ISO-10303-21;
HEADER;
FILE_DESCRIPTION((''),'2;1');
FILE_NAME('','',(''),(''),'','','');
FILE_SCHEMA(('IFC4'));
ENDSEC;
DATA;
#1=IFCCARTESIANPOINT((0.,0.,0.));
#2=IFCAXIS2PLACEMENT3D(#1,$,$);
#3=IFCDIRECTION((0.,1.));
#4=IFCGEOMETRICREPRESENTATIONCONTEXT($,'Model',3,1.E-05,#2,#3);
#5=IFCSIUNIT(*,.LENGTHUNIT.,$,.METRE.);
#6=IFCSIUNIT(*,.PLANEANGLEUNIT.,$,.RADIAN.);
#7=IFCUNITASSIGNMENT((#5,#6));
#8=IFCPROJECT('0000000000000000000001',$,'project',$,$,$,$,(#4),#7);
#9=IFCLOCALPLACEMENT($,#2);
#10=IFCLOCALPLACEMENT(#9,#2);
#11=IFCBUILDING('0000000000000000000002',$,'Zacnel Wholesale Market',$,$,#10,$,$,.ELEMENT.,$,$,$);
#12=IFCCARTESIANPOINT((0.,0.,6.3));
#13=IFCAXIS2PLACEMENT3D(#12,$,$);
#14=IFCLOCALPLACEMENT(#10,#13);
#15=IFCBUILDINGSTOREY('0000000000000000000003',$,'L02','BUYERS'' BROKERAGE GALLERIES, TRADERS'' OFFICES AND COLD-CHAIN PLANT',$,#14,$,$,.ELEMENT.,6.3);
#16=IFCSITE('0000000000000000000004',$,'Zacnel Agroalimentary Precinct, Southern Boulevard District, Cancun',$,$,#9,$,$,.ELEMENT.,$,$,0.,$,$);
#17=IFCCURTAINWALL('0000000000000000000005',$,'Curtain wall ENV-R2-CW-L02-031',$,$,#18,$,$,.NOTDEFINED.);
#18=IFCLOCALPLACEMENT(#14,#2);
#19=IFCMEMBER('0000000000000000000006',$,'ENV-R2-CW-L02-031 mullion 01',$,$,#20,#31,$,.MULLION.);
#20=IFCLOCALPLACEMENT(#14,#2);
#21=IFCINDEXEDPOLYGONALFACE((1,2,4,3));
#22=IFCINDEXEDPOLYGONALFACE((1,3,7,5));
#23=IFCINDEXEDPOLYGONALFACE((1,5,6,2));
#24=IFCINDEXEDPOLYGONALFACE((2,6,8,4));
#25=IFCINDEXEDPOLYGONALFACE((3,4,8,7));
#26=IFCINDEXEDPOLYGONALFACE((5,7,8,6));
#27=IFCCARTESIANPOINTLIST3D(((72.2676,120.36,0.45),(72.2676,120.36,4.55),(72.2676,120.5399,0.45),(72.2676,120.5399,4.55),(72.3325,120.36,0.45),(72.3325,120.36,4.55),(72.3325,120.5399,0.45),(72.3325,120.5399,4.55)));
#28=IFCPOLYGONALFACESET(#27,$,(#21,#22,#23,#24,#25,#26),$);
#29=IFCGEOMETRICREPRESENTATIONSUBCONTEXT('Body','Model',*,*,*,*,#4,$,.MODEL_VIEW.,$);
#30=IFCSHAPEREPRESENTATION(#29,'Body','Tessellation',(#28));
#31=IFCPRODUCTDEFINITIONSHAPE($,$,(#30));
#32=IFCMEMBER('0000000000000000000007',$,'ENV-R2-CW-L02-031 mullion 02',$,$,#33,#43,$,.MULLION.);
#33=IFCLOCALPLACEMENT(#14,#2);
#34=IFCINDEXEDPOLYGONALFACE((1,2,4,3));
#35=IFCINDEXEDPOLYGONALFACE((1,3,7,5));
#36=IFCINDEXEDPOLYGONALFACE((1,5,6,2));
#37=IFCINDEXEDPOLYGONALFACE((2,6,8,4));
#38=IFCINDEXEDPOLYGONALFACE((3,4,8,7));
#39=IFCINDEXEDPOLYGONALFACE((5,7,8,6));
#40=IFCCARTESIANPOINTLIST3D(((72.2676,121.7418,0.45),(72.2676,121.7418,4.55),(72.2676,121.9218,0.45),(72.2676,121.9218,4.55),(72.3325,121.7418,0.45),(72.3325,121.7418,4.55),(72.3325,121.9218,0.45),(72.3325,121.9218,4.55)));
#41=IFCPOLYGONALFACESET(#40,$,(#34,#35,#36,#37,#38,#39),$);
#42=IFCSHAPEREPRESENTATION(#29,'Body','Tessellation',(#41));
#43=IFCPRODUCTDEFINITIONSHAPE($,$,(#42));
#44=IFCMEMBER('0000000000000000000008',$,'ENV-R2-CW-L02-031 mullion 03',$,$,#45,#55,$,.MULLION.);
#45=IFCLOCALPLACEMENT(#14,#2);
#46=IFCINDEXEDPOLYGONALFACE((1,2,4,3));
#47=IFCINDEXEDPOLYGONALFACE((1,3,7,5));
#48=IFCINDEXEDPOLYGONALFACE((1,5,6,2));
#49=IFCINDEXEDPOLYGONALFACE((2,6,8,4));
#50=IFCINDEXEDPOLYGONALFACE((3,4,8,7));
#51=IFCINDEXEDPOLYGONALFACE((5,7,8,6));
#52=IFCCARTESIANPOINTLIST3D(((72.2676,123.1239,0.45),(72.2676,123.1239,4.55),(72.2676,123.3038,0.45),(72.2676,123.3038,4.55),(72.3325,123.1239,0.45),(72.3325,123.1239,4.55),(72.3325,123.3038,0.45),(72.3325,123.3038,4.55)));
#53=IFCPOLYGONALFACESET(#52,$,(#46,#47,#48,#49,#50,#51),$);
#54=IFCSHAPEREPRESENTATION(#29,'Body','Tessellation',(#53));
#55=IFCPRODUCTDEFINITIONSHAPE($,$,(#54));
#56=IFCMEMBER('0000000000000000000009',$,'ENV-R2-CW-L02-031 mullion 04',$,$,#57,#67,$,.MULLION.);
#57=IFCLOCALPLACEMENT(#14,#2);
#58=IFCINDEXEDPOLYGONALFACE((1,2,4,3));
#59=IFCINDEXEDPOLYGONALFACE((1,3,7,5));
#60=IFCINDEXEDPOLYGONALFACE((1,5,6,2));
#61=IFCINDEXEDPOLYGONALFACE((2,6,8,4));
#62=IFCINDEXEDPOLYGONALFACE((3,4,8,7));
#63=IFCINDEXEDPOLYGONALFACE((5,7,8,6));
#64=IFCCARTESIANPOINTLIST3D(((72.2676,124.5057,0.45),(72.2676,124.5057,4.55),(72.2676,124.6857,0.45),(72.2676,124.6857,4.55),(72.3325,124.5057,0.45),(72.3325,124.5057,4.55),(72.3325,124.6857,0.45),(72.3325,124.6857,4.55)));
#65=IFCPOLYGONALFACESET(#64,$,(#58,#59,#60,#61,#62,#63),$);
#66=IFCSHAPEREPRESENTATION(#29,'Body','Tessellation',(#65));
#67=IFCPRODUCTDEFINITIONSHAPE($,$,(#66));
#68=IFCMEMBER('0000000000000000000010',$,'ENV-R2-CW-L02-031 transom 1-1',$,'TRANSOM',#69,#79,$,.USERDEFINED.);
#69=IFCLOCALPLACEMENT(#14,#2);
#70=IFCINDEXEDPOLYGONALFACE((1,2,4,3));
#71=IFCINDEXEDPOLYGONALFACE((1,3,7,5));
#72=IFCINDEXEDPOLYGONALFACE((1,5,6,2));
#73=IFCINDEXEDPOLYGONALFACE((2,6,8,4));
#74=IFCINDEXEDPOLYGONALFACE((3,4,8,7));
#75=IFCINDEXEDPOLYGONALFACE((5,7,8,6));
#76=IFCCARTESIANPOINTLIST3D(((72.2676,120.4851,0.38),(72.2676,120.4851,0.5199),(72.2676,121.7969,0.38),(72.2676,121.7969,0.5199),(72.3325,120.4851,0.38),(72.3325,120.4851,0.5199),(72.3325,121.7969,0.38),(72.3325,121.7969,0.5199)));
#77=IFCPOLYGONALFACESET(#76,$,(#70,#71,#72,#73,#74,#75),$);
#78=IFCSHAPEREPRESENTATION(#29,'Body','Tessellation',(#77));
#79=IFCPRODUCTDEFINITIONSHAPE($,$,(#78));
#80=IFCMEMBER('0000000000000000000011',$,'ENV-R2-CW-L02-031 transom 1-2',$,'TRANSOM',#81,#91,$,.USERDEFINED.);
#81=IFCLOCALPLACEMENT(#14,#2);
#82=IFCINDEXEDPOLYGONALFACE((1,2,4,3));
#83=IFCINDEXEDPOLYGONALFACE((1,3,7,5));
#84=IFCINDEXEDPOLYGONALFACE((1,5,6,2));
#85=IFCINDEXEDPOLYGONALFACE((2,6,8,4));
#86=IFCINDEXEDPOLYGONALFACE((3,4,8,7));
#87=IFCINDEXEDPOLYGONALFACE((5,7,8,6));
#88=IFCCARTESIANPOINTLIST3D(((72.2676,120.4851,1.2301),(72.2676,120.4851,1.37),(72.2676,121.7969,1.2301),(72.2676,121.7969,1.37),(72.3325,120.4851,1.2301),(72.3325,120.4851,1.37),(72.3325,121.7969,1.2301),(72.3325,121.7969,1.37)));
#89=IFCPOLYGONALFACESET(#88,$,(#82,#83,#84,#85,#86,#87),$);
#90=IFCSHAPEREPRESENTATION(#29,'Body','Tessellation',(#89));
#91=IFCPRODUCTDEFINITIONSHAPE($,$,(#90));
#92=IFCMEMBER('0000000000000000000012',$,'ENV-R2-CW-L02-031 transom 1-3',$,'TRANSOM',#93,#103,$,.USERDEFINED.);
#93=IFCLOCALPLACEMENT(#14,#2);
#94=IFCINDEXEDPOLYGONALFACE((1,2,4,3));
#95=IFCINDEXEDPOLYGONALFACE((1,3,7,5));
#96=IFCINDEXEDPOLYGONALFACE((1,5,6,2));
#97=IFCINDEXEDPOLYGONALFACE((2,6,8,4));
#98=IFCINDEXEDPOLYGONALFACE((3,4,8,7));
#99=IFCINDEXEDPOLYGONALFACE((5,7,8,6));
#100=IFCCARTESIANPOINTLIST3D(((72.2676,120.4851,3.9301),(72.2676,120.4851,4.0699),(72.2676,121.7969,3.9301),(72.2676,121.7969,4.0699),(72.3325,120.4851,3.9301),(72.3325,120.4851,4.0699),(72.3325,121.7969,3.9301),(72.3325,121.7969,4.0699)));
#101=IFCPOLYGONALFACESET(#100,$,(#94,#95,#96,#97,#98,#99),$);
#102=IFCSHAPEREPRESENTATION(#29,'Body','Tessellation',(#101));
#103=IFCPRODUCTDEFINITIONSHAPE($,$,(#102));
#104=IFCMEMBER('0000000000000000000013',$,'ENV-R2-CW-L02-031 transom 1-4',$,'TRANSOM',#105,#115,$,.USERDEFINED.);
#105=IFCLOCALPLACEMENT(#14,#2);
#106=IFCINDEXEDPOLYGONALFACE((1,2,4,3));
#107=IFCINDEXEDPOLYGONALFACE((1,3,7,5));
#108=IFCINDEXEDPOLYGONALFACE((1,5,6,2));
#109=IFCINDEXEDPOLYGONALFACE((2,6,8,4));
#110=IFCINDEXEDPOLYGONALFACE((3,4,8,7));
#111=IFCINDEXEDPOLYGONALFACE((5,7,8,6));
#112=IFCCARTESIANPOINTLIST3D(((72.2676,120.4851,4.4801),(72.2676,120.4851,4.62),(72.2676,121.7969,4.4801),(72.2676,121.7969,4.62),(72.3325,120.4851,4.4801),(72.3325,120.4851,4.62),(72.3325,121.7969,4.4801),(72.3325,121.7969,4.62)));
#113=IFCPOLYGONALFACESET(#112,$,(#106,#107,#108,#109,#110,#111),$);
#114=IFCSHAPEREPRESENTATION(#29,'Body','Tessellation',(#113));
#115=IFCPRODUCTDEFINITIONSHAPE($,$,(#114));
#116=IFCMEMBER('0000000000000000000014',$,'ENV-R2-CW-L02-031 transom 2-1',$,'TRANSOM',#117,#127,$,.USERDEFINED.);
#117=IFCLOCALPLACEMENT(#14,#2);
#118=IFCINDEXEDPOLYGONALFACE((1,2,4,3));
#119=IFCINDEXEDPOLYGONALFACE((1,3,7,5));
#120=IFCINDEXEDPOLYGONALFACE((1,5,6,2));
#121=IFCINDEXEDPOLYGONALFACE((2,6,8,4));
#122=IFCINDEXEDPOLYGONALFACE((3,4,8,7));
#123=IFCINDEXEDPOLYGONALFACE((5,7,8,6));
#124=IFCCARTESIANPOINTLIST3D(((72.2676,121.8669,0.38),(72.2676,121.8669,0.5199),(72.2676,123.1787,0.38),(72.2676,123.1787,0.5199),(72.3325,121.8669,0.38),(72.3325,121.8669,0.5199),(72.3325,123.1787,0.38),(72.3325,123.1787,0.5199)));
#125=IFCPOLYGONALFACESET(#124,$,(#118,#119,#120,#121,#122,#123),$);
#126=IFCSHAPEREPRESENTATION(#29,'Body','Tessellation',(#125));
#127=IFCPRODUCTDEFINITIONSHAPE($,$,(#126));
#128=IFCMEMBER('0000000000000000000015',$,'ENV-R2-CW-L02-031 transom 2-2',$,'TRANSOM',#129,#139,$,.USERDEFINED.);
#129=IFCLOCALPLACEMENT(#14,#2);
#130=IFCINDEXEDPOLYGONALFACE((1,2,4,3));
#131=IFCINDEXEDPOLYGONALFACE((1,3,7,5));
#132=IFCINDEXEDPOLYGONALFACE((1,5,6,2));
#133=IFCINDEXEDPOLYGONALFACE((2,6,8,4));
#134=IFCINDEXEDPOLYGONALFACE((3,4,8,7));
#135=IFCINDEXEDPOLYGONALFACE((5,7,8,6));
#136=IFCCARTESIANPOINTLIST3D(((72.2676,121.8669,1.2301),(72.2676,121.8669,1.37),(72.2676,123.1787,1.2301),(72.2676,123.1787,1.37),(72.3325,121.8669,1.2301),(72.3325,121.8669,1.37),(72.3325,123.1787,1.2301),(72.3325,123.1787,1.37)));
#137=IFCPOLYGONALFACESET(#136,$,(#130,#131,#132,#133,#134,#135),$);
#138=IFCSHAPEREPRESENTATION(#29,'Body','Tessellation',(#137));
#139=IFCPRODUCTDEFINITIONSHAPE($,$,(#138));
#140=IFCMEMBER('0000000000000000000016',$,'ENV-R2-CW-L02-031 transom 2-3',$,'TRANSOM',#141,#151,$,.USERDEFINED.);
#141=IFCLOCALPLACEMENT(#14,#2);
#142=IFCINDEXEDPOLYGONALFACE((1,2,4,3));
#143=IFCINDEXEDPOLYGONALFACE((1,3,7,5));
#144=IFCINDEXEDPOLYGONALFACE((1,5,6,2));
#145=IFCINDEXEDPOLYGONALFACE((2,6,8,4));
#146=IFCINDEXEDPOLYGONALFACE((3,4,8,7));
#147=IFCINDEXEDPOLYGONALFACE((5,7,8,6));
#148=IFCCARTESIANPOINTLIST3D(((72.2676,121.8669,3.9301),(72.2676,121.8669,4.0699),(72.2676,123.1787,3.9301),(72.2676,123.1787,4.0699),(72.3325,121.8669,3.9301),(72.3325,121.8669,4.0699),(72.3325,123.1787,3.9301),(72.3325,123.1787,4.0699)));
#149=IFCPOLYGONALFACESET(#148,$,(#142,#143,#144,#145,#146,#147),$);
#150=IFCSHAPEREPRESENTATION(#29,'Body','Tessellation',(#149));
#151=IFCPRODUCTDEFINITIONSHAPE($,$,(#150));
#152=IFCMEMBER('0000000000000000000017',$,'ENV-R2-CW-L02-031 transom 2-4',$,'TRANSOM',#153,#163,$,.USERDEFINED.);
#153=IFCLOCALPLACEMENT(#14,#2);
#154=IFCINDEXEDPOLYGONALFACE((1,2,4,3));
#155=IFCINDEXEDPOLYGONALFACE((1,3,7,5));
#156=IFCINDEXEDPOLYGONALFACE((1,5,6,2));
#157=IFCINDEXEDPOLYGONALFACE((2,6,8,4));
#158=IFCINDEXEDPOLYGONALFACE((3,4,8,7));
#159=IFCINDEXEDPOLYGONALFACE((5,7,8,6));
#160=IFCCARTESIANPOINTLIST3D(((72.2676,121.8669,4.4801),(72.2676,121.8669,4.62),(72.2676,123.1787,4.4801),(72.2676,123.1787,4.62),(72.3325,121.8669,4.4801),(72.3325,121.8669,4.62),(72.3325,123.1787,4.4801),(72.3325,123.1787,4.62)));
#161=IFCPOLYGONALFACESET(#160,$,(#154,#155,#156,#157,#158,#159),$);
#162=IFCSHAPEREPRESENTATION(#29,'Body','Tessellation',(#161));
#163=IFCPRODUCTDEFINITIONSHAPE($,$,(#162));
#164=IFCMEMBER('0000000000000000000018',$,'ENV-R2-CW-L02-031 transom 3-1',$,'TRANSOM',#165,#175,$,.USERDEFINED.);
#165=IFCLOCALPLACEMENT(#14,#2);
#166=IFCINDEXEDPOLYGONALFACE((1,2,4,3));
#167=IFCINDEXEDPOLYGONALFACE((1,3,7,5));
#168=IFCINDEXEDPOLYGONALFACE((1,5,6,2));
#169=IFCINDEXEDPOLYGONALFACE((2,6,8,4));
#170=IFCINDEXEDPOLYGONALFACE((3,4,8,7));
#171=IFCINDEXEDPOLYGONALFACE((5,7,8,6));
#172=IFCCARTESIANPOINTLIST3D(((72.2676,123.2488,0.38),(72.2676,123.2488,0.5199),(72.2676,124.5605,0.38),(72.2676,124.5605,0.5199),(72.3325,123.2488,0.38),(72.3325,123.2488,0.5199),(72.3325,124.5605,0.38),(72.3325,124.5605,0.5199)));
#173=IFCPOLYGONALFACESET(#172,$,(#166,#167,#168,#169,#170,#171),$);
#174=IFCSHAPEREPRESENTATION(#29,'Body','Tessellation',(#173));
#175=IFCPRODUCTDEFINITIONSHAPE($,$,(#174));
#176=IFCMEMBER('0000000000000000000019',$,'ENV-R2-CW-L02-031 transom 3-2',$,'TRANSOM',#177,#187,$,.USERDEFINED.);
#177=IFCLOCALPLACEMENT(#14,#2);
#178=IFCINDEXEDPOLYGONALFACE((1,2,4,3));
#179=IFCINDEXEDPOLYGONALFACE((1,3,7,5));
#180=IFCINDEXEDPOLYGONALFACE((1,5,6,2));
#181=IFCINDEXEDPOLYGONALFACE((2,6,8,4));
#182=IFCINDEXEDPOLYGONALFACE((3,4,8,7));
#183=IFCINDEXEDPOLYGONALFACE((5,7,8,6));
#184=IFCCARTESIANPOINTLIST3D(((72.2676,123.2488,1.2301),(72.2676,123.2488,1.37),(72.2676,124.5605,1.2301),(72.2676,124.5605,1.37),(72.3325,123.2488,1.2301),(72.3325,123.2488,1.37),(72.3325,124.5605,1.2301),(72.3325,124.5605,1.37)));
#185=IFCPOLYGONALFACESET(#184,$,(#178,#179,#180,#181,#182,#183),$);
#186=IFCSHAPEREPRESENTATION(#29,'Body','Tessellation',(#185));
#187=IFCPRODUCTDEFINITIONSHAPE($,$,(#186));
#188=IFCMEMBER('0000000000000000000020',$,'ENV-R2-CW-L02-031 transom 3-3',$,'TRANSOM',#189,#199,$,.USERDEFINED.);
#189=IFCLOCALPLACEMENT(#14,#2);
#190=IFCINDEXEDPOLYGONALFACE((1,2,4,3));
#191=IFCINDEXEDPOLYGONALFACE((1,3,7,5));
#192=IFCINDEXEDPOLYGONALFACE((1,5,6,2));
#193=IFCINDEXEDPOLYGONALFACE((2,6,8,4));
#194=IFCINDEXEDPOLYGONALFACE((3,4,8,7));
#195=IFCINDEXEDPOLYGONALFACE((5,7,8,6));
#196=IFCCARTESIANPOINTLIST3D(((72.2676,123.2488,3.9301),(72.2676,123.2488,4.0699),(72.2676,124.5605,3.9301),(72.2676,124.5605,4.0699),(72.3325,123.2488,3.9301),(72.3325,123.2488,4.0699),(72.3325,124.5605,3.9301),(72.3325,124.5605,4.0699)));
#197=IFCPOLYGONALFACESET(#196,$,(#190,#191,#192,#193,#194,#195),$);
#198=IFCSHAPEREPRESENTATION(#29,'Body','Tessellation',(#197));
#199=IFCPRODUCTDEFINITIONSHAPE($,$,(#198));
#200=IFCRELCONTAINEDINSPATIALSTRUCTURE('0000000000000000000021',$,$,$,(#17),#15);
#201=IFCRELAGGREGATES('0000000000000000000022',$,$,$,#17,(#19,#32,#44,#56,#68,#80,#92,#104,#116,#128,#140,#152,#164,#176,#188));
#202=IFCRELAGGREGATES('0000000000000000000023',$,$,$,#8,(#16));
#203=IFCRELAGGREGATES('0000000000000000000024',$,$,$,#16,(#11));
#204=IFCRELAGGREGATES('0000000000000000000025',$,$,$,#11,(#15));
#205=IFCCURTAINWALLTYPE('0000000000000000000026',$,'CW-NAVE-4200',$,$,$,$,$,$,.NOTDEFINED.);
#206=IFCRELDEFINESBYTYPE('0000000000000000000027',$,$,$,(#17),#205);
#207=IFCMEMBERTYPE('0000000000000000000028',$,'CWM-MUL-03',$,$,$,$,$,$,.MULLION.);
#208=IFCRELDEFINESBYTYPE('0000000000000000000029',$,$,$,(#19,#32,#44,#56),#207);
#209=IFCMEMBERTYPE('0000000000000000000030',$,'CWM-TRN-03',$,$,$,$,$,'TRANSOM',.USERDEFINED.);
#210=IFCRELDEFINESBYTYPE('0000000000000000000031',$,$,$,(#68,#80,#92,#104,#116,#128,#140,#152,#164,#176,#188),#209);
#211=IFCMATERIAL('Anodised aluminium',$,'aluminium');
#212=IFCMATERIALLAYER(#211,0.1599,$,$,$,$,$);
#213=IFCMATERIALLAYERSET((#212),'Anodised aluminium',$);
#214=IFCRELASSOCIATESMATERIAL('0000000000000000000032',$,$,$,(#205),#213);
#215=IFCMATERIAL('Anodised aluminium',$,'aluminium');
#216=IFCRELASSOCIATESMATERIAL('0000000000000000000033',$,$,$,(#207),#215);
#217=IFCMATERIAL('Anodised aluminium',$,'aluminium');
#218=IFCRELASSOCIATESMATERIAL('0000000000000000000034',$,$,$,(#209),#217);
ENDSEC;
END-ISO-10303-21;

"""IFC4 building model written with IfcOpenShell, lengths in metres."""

from ifc_helpers import new_model, si_unit, direction, frame, origin, origin_2d, place, context, subcontext, project, spatial, rectangle, extrude, material, layer, layer_set, material_profile, profile_set, type_object, element, aggregate, save


model = new_model("IFC4")

# Units and contexts
model_context = context("Model", 3, precision=1e-05, world=origin(), true_north=direction((0.0, 1.0)))
body_context = subcontext(model_context, "Body", "Model", "MODEL_VIEW")
ifc_project = project(units=[si_unit("LENGTHUNIT", "METRE"), si_unit("PLANEANGLEUNIT", "RADIAN")], contexts=[model_context])

# Site, building, storey
site_placement = place(None, origin())
site = spatial("IfcSite", under=ifc_project, at=site_placement, Name="Zacnel Agroalimentary Precinct, Southern Boulevard District, Cancun", CompositionType="ELEMENT", RefElevation=0.0)
building_placement = place(site_placement, origin())
building = spatial("IfcBuilding", under=site, at=building_placement, Name="Zacnel Wholesale Market", CompositionType="ELEMENT")
storey_placement = place(building_placement, frame((0.0, 0.0, 6.3)))
storey = spatial("IfcBuildingStorey", under=building, at=storey_placement, Name="L02", Description="BUYERS' BROKERAGE GALLERIES, TRADERS' OFFICES AND COLD-CHAIN PLANT", CompositionType="ELEMENT", Elevation=6.3)

# Curtain wall, members
ifc_material_1 = material(Name="Anodised aluminium", Category="aluminium")
ifc_layer_1 = layer(ifc_material_1, 0.1599)
ifc_layer_set_1 = layer_set([ifc_layer_1], Name="Anodised aluminium")
curtain_wall_type = type_object("IfcCurtainWallType", Name="CW-NAVE-4200", PredefinedType="NOTDEFINED", material=ifc_layer_set_1)
curtain_wall_placement = place(storey_placement, origin())
curtain_wall = element("IfcCurtainWall", 1, at=curtain_wall_placement, inside=storey, type_object=curtain_wall_type, Name="Curtain wall ENV-R2-CW-L02-031", PredefinedType="NOTDEFINED")
ifc_material_2 = material(Name="Anodised aluminium", Category="aluminium")
ifc_material_profile_1 = material_profile(ifc_material_2, rectangle(XDim=0.0649, YDim=0.1799, at=origin_2d()), Name="AW-MULLION 65x180")
ifc_profile_set_1 = profile_set([ifc_material_profile_1], Name="Anodised aluminium")
member_type_1 = type_object("IfcMemberType", Name="CWM-MUL-03", PredefinedType="MULLION", material=ifc_profile_set_1)
member_1_placement = place(storey_placement, frame((72.3, 120.45, 0.45), z_axis=(0.0, 0.0, 1.0), x_axis=(1.0, 0.0, 0.0)))
member_1 = element("IfcMember", 2, at=member_1_placement, type_object=member_type_1, Name="ENV-R2-CW-L02-031 mullion 01", PredefinedType="MULLION", context=body_context, shape_type="SweptSolid", body=[
    extrude(rectangle(XDim=0.0649, YDim=0.1799, at=origin_2d()), origin(), (0.0, 0.0, 1.0), 4.1001),
])
member_2_placement = place(storey_placement, frame((72.3, 121.8318, 0.45), z_axis=(0.0, 0.0, 1.0), x_axis=(1.0, 0.0, 0.0)))
member_2 = element("IfcMember", 3, at=member_2_placement, type_object=member_type_1, Name="ENV-R2-CW-L02-031 mullion 02", PredefinedType="MULLION", context=body_context, shape_type="SweptSolid", body=[
    extrude(rectangle(XDim=0.0649, YDim=0.1799, at=origin_2d()), origin(), (0.0, 0.0, 1.0), 4.1001),
])
member_3_placement = place(storey_placement, frame((72.3, 123.2139, 0.45), z_axis=(0.0, 0.0, 1.0), x_axis=(1.0, 0.0, 0.0)))
member_3 = element("IfcMember", 4, at=member_3_placement, type_object=member_type_1, Name="ENV-R2-CW-L02-031 mullion 03", PredefinedType="MULLION", context=body_context, shape_type="SweptSolid", body=[
    extrude(rectangle(XDim=0.0649, YDim=0.1799, at=origin_2d()), origin(), (0.0, 0.0, 1.0), 4.1001),
])
member_4_placement = place(storey_placement, frame((72.3, 124.5957, 0.45), z_axis=(0.0, 0.0, 1.0), x_axis=(1.0, 0.0, 0.0)))
member_4 = element("IfcMember", 5, at=member_4_placement, type_object=member_type_1, Name="ENV-R2-CW-L02-031 mullion 04", PredefinedType="MULLION", context=body_context, shape_type="SweptSolid", body=[
    extrude(rectangle(XDim=0.0649, YDim=0.1799, at=origin_2d()), origin(), (0.0, 0.0, 1.0), 4.1001),
])
ifc_material_3 = material(Name="Anodised aluminium", Category="aluminium")
ifc_material_profile_2 = material_profile(ifc_material_3, rectangle(XDim=0.0649, YDim=0.1399, at=origin_2d()), Name="AW-TRANSOM 65x140")
ifc_profile_set_2 = profile_set([ifc_material_profile_2], Name="Anodised aluminium")
member_type_2 = type_object("IfcMemberType", Name="CWM-TRN-03", ElementType="TRANSOM", PredefinedType="USERDEFINED", material=ifc_profile_set_2)
member_5_placement = place(storey_placement, frame((72.3, 120.4851, 0.45), z_axis=(0.0, 1.0, 0.0), x_axis=(-1.0, 0.0, 0.0)))
member_5 = element("IfcMember", 6, at=member_5_placement, type_object=member_type_2, Name="ENV-R2-CW-L02-031 transom 1-1", ObjectType="TRANSOM", PredefinedType="USERDEFINED", context=body_context, shape_type="SweptSolid", body=[
    extrude(rectangle(XDim=0.0649, YDim=0.1399, at=origin_2d()), origin(), (0.0, 0.0, 1.0), 1.3118),
])
member_6_placement = place(storey_placement, frame((72.3, 120.4851, 1.3), z_axis=(0.0, 1.0, 0.0), x_axis=(-1.0, 0.0, 0.0)))
member_6 = element("IfcMember", 7, at=member_6_placement, type_object=member_type_2, Name="ENV-R2-CW-L02-031 transom 1-2", ObjectType="TRANSOM", PredefinedType="USERDEFINED", context=body_context, shape_type="SweptSolid", body=[
    extrude(rectangle(XDim=0.0649, YDim=0.1399, at=origin_2d()), origin(), (0.0, 0.0, 1.0), 1.3118),
])
member_7_placement = place(storey_placement, frame((72.3, 120.4851, 4.0), z_axis=(0.0, 1.0, 0.0), x_axis=(-1.0, 0.0, 0.0)))
member_7 = element("IfcMember", 8, at=member_7_placement, type_object=member_type_2, Name="ENV-R2-CW-L02-031 transom 1-3", ObjectType="TRANSOM", PredefinedType="USERDEFINED", context=body_context, shape_type="SweptSolid", body=[
    extrude(rectangle(XDim=0.0649, YDim=0.1399, at=origin_2d()), origin(), (0.0, 0.0, 1.0), 1.3118),
])
member_8_placement = place(storey_placement, frame((72.3, 120.4851, 4.55), z_axis=(0.0, 1.0, 0.0), x_axis=(-1.0, 0.0, 0.0)))
member_8 = element("IfcMember", 9, at=member_8_placement, type_object=member_type_2, Name="ENV-R2-CW-L02-031 transom 1-4", ObjectType="TRANSOM", PredefinedType="USERDEFINED", context=body_context, shape_type="SweptSolid", body=[
    extrude(rectangle(XDim=0.0649, YDim=0.1399, at=origin_2d()), origin(), (0.0, 0.0, 1.0), 1.3118),
])
member_9_placement = place(storey_placement, frame((72.3, 121.8669, 0.45), z_axis=(0.0, 1.0, 0.0), x_axis=(-1.0, 0.0, 0.0)))
member_9 = element("IfcMember", 10, at=member_9_placement, type_object=member_type_2, Name="ENV-R2-CW-L02-031 transom 2-1", ObjectType="TRANSOM", PredefinedType="USERDEFINED", context=body_context, shape_type="SweptSolid", body=[
    extrude(rectangle(XDim=0.0649, YDim=0.1399, at=origin_2d()), origin(), (0.0, 0.0, 1.0), 1.3118),
])
member_10_placement = place(storey_placement, frame((72.3, 121.8669, 1.3), z_axis=(0.0, 1.0, 0.0), x_axis=(-1.0, 0.0, 0.0)))
member_10 = element("IfcMember", 11, at=member_10_placement, type_object=member_type_2, Name="ENV-R2-CW-L02-031 transom 2-2", ObjectType="TRANSOM", PredefinedType="USERDEFINED", context=body_context, shape_type="SweptSolid", body=[
    extrude(rectangle(XDim=0.0649, YDim=0.1399, at=origin_2d()), origin(), (0.0, 0.0, 1.0), 1.3118),
])
member_11_placement = place(storey_placement, frame((72.3, 121.8669, 4.0), z_axis=(0.0, 1.0, 0.0), x_axis=(-1.0, 0.0, 0.0)))
member_11 = element("IfcMember", 12, at=member_11_placement, type_object=member_type_2, Name="ENV-R2-CW-L02-031 transom 2-3", ObjectType="TRANSOM", PredefinedType="USERDEFINED", context=body_context, shape_type="SweptSolid", body=[
    extrude(rectangle(XDim=0.0649, YDim=0.1399, at=origin_2d()), origin(), (0.0, 0.0, 1.0), 1.3118),
])
member_12_placement = place(storey_placement, frame((72.3, 121.8669, 4.55), z_axis=(0.0, 1.0, 0.0), x_axis=(-1.0, 0.0, 0.0)))
member_12 = element("IfcMember", 13, at=member_12_placement, type_object=member_type_2, Name="ENV-R2-CW-L02-031 transom 2-4", ObjectType="TRANSOM", PredefinedType="USERDEFINED", context=body_context, shape_type="SweptSolid", body=[
    extrude(rectangle(XDim=0.0649, YDim=0.1399, at=origin_2d()), origin(), (0.0, 0.0, 1.0), 1.3118),
])
member_13_placement = place(storey_placement, frame((72.3, 123.2488, 0.45), z_axis=(0.0, 1.0, 0.0), x_axis=(-1.0, 0.0, 0.0)))
member_13 = element("IfcMember", 14, at=member_13_placement, type_object=member_type_2, Name="ENV-R2-CW-L02-031 transom 3-1", ObjectType="TRANSOM", PredefinedType="USERDEFINED", context=body_context, shape_type="SweptSolid", body=[
    extrude(rectangle(XDim=0.0649, YDim=0.1399, at=origin_2d()), origin(), (0.0, 0.0, 1.0), 1.3118),
])
member_14_placement = place(storey_placement, frame((72.3, 123.2488, 1.3), z_axis=(0.0, 1.0, 0.0), x_axis=(-1.0, 0.0, 0.0)))
member_14 = element("IfcMember", 15, at=member_14_placement, type_object=member_type_2, Name="ENV-R2-CW-L02-031 transom 3-2", ObjectType="TRANSOM", PredefinedType="USERDEFINED", context=body_context, shape_type="SweptSolid", body=[
    extrude(rectangle(XDim=0.0649, YDim=0.1399, at=origin_2d()), origin(), (0.0, 0.0, 1.0), 1.3118),
])
member_15_placement = place(storey_placement, frame((72.3, 123.2488, 4.0), z_axis=(0.0, 1.0, 0.0), x_axis=(-1.0, 0.0, 0.0)))
member_15 = element("IfcMember", 16, at=member_15_placement, type_object=member_type_2, Name="ENV-R2-CW-L02-031 transom 3-3", ObjectType="TRANSOM", PredefinedType="USERDEFINED", context=body_context, shape_type="SweptSolid", body=[
    extrude(rectangle(XDim=0.0649, YDim=0.1399, at=origin_2d()), origin(), (0.0, 0.0, 1.0), 1.3118),
])
aggregate(curtain_wall, [member_1, member_2, member_3, member_4, member_5, member_6, member_7, member_8, member_9, member_10, member_11, member_12, member_13, member_14, member_15])

save(model, "model.ifc")
